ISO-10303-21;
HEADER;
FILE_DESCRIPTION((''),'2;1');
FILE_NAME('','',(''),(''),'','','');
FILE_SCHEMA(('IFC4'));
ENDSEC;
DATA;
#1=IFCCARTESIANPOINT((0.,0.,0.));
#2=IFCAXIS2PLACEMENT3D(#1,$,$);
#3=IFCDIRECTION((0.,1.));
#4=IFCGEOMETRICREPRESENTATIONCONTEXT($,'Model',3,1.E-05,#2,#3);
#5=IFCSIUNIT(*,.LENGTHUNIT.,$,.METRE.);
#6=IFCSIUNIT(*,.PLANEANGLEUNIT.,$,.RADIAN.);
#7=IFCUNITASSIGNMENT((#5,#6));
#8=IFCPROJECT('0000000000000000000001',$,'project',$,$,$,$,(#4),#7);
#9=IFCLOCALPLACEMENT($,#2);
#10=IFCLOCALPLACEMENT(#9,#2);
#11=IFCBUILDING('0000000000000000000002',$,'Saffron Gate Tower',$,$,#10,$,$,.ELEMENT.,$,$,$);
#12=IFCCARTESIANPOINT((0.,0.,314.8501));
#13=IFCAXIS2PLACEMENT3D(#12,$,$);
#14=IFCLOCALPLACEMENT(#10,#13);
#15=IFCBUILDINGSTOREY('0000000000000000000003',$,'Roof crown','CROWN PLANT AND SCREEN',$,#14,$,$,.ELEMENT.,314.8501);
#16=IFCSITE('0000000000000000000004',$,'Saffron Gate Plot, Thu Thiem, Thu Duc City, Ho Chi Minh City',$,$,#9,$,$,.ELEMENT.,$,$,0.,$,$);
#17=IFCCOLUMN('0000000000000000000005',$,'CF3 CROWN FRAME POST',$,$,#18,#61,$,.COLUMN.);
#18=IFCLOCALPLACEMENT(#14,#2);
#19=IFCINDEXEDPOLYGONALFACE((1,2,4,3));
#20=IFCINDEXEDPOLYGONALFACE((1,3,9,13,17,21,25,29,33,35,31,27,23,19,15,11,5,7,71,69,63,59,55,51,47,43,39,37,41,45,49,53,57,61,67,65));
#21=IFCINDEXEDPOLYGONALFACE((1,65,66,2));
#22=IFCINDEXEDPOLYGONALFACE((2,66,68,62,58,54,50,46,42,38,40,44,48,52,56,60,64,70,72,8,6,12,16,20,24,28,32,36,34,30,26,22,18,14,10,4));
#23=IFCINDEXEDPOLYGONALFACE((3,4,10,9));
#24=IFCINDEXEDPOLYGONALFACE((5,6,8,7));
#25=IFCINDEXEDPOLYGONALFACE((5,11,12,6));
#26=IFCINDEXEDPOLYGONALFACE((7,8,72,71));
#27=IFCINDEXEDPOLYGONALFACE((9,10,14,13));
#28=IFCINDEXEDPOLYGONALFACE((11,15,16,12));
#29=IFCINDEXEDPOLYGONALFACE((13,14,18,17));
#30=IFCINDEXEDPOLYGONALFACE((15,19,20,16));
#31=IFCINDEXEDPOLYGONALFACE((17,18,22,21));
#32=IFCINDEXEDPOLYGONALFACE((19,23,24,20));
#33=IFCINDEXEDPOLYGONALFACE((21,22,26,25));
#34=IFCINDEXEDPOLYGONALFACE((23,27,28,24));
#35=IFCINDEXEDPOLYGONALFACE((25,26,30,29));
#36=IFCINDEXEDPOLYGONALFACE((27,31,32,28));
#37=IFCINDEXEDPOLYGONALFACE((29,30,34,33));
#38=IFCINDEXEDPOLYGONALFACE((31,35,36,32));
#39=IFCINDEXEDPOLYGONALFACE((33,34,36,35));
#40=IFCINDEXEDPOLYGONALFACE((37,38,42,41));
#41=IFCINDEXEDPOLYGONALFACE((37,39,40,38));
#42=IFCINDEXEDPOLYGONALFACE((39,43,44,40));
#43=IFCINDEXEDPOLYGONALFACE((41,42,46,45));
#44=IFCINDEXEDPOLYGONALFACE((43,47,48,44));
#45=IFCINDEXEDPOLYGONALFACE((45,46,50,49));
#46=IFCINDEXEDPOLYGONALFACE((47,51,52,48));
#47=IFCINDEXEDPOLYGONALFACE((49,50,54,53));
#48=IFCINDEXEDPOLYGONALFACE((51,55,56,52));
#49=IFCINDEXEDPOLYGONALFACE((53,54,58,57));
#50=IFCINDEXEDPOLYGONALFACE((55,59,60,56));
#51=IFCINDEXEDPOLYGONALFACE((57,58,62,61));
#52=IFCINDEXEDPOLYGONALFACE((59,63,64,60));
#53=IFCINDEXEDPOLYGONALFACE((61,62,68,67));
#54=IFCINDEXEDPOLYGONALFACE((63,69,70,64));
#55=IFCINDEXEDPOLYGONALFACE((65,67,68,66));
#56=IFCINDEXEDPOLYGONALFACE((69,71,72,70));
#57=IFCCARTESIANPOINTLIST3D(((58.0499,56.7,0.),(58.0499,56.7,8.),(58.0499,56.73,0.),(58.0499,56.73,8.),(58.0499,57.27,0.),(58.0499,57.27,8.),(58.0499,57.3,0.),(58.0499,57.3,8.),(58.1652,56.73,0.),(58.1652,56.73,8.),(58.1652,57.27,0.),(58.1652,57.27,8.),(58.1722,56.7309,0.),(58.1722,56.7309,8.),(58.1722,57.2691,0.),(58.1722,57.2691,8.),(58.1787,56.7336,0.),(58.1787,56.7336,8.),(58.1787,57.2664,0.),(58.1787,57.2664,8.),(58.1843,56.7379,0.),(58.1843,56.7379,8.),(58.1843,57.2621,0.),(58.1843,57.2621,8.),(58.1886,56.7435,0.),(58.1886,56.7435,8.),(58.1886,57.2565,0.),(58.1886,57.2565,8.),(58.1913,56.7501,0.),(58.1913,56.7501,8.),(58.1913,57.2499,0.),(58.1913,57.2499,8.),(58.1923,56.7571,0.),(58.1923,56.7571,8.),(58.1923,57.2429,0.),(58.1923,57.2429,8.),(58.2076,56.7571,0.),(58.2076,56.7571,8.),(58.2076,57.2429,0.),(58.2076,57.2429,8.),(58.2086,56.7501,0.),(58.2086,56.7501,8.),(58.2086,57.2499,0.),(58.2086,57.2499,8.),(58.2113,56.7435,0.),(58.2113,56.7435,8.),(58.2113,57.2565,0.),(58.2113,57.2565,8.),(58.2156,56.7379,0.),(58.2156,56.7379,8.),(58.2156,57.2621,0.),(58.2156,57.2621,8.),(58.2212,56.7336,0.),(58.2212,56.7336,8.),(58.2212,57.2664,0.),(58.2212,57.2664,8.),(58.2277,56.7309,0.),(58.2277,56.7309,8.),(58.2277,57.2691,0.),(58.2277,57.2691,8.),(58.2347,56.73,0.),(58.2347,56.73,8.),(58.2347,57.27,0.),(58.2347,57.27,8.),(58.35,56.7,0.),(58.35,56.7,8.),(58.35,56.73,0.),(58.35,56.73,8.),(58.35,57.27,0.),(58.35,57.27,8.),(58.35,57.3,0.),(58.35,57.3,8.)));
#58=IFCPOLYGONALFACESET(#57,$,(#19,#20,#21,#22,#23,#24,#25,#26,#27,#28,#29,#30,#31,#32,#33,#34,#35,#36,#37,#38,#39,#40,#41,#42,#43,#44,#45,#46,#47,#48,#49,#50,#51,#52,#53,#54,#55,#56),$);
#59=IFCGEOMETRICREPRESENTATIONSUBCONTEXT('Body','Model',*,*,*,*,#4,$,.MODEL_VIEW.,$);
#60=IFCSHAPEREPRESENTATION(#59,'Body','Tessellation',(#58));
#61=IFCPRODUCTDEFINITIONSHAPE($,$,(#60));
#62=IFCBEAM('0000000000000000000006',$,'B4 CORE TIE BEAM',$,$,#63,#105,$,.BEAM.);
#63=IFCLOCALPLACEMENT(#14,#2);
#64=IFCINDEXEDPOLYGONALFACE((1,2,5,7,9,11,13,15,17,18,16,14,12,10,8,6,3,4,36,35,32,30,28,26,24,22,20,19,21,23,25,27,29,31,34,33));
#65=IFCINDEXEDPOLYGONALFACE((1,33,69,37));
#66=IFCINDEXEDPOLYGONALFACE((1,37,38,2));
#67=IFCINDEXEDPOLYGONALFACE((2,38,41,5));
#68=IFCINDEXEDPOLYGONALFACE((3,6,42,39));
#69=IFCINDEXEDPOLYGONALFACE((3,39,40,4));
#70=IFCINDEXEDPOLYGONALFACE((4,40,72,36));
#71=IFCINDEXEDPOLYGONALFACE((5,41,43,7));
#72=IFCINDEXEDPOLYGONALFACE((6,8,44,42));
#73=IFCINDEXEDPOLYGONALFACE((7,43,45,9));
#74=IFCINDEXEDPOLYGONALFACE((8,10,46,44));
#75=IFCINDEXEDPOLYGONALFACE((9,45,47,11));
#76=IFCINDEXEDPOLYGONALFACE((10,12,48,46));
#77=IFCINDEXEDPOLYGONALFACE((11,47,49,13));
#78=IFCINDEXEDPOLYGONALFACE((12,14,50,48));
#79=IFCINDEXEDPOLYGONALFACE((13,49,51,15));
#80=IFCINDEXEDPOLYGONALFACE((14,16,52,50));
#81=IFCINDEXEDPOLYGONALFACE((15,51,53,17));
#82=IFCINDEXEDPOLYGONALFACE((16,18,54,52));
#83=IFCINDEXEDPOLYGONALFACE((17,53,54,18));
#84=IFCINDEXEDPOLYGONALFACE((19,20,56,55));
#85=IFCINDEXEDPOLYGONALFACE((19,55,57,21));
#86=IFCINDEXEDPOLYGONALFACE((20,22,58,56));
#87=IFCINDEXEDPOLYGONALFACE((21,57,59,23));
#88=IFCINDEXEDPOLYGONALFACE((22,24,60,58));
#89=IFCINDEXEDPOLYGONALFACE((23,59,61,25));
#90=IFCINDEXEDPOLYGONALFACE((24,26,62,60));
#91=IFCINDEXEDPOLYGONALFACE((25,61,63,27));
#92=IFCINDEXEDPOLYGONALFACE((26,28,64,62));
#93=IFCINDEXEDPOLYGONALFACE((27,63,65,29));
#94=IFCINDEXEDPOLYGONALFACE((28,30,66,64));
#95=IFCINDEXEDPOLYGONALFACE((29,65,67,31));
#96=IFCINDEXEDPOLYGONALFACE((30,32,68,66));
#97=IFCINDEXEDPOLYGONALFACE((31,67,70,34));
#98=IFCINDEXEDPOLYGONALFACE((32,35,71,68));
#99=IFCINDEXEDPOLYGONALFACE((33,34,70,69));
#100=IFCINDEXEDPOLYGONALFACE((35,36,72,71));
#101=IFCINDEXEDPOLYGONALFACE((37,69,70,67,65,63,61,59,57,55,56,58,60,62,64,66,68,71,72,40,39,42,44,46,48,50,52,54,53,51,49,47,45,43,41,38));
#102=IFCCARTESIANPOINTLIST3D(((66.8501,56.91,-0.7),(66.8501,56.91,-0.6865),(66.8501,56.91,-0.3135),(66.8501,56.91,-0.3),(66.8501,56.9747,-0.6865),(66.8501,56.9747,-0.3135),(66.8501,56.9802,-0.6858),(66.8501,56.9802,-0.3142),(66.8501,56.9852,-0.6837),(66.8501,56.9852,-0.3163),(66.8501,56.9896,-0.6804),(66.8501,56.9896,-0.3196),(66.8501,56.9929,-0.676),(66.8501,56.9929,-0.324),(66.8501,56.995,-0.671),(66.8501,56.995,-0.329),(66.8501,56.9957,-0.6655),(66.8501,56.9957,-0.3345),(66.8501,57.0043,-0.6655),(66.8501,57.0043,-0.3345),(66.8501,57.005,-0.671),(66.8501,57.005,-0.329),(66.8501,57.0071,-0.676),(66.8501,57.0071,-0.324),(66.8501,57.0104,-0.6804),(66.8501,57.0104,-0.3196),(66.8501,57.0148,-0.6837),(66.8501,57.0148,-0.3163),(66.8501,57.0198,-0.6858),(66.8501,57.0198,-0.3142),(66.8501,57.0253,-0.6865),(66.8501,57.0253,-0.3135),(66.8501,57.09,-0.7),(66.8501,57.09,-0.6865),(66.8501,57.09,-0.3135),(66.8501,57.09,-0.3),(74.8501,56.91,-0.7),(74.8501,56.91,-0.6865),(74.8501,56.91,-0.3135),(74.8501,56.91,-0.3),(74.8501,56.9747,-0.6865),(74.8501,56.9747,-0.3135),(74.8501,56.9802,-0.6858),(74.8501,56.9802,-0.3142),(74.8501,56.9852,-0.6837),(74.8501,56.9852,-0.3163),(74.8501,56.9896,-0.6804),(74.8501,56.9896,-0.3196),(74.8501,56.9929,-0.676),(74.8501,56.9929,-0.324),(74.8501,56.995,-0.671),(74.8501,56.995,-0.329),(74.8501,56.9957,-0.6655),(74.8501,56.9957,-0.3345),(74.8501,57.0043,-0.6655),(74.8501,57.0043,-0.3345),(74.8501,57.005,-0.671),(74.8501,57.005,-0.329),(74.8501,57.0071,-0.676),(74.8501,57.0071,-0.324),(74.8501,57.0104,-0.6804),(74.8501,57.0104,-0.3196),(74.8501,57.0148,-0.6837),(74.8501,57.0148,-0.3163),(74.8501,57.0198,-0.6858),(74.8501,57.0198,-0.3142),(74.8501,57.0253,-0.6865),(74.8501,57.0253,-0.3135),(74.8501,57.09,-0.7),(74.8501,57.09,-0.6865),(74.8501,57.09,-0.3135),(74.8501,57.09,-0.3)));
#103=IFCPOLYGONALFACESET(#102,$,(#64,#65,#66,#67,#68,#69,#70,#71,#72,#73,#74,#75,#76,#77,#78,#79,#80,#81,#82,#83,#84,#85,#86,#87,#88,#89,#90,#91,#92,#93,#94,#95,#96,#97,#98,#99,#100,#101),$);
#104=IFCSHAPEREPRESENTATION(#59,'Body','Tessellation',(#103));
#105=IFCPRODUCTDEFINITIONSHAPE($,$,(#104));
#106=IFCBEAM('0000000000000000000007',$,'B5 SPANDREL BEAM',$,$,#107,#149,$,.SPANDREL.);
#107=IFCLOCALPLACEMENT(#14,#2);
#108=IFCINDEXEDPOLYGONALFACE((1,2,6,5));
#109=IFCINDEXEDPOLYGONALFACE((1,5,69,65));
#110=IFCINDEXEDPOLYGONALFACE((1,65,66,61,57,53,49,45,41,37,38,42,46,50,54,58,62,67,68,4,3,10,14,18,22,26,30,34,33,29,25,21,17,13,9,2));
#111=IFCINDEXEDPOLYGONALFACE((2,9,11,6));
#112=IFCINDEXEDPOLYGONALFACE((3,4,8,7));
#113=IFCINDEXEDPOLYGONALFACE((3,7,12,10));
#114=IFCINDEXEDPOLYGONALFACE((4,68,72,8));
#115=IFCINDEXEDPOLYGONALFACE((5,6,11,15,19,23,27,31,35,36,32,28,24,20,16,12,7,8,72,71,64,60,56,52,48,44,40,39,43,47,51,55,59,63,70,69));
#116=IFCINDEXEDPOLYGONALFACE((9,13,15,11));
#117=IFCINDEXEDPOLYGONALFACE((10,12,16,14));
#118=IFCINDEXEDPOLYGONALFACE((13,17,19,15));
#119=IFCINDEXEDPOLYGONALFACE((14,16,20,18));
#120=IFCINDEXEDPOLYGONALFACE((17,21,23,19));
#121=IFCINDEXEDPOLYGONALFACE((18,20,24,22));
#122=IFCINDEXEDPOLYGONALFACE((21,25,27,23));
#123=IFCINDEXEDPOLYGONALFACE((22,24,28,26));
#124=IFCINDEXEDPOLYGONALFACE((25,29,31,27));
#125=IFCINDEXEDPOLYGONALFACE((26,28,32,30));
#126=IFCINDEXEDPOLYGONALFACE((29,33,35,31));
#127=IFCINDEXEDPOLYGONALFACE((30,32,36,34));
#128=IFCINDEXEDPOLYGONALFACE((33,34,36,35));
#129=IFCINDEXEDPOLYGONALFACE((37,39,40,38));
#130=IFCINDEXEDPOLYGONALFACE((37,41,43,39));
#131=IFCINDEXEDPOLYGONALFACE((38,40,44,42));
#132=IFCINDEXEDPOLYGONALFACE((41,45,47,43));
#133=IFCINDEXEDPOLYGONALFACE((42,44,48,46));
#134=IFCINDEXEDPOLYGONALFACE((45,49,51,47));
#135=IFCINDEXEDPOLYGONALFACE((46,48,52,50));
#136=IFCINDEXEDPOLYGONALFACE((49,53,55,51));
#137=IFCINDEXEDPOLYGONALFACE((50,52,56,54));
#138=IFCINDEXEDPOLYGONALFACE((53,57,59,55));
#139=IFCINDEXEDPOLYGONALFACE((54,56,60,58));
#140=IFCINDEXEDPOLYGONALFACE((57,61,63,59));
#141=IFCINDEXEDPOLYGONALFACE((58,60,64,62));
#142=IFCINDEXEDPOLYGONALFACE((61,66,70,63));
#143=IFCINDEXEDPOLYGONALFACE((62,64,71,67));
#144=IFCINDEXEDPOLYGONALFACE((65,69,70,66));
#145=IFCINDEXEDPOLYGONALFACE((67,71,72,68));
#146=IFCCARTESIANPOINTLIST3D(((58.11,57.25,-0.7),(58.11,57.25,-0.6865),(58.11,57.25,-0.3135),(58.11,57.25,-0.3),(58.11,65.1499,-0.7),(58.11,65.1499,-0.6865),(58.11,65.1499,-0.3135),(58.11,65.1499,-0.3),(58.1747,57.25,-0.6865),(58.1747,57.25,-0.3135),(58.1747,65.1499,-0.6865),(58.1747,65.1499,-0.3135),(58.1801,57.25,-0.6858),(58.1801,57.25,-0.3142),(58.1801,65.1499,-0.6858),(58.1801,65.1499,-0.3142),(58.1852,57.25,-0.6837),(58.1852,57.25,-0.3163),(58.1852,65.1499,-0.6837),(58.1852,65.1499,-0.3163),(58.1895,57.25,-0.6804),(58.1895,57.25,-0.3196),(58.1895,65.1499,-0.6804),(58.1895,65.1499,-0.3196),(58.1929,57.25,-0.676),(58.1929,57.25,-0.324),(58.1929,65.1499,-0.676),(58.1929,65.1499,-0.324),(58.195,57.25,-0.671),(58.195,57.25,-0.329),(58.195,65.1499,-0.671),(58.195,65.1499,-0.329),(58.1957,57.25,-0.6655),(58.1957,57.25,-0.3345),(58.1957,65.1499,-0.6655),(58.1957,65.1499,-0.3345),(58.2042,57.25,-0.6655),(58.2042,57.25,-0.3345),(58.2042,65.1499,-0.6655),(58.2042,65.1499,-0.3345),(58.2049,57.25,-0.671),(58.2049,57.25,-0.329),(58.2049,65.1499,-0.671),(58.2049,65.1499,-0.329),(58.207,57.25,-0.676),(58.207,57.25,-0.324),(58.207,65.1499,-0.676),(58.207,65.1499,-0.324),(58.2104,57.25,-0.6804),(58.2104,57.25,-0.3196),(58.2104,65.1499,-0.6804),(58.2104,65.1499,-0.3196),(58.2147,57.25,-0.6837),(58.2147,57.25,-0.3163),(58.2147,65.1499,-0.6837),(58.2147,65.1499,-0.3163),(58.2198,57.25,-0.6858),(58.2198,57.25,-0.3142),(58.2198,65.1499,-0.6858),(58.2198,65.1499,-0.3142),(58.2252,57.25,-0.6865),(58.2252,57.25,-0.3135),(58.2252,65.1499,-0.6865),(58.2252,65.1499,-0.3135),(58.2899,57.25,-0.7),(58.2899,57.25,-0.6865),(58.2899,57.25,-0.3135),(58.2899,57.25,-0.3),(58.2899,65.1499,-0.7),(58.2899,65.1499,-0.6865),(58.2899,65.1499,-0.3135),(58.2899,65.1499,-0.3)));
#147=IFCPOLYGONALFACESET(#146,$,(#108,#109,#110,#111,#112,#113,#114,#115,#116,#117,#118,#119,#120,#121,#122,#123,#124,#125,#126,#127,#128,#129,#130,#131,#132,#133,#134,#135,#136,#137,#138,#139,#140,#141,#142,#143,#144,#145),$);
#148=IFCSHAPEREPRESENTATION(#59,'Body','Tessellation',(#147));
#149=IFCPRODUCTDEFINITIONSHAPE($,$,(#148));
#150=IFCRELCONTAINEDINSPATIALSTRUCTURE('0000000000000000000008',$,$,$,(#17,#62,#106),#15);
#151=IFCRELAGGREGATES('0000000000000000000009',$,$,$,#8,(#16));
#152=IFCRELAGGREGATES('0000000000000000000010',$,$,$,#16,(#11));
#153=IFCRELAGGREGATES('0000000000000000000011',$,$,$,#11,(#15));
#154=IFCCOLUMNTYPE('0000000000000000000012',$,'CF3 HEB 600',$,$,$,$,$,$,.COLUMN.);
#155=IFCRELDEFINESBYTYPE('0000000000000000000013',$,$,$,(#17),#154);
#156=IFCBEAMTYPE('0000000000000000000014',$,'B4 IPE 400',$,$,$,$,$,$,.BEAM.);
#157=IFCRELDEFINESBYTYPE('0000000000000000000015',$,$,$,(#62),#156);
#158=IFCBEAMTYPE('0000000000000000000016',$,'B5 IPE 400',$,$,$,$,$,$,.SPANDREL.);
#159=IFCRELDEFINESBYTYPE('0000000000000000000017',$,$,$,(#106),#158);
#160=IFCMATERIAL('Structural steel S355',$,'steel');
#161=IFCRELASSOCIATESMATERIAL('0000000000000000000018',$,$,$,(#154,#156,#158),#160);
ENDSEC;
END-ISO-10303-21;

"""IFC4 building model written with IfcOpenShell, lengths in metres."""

from ifc_helpers import new_model, si_unit, direction, frame, origin, origin_2d, place, context, subcontext, project, spatial, i_section, extrude, material, material_profile, profile_set, type_object, element, save


model = new_model("IFC4")

# Units and contexts
model_context = context("Model", 3, precision=1e-05, world=origin(), true_north=direction((0.0, 1.0)))
body_context = subcontext(model_context, "Body", "Model", "MODEL_VIEW")
ifc_project = project(units=[si_unit("LENGTHUNIT", "METRE"), si_unit("PLANEANGLEUNIT", "RADIAN")], contexts=[model_context])

# Site, building, storey
site_placement = place(None, origin())
site = spatial("IfcSite", under=ifc_project, at=site_placement, Name="Saffron Gate Plot, Thu Thiem, Thu Duc City, Ho Chi Minh City", CompositionType="ELEMENT", RefElevation=0.0)
building_placement = place(site_placement, origin())
building = spatial("IfcBuilding", under=site, at=building_placement, Name="Saffron Gate Tower", CompositionType="ELEMENT")
storey_placement = place(building_placement, frame((0.0, 0.0, 314.8501)))
storey = spatial("IfcBuildingStorey", under=building, at=storey_placement, Name="Roof crown", Description="CROWN PLANT AND SCREEN", CompositionType="ELEMENT", Elevation=314.8501)

# Column
ifc_material_1 = material(Name="Structural steel S355", Category="steel")
ifc_material_profile_1 = material_profile(ifc_material_1, i_section(OverallWidth=0.3, OverallDepth=0.6001, WebThickness=0.0154, FlangeThickness=0.03, FilletRadius=0.0271, at=origin_2d()))
ifc_profile_set_1 = profile_set([ifc_material_profile_1], Name="Structural steel S355")
column_type = type_object("IfcColumnType", Name="CF3 HEB 600", PredefinedType="COLUMN", material=ifc_profile_set_1)
column_placement = place(storey_placement, frame((58.2, 57.0, 0.0), z_axis=(0.0, 0.0, 1.0), x_axis=(1.0, 0.0, 0.0)))
element("IfcColumn", 1, at=column_placement, inside=storey, type_object=column_type, Name="CF3 CROWN FRAME POST", PredefinedType="COLUMN", context=body_context, shape_type="SweptSolid", body=[
    extrude(i_section(OverallWidth=0.3, OverallDepth=0.6001, WebThickness=0.0154, FlangeThickness=0.03, FilletRadius=0.0271, at=origin_2d()), origin(), (0.0, 0.0, 1.0), 8.0),
])

# Beams
ifc_material_profile_2 = material_profile(ifc_material_1, i_section(OverallWidth=0.1799, OverallDepth=0.3999, WebThickness=0.0085, FlangeThickness=0.0134, FilletRadius=0.021, at=origin_2d()))
ifc_profile_set_2 = profile_set([ifc_material_profile_2], Name="Structural steel S355")
beam_type_1 = type_object("IfcBeamType", Name="B4 IPE 400", PredefinedType="BEAM", material=ifc_profile_set_2)
beam_1_placement = place(storey_placement, frame((66.8501, 57.0, -0.5), z_axis=(1.0, 0.0, 0.0), x_axis=(0.0, 1.0, 0.0)))
element("IfcBeam", 2, at=beam_1_placement, inside=storey, type_object=beam_type_1, Name="B4 CORE TIE BEAM", PredefinedType="BEAM", context=body_context, shape_type="SweptSolid", body=[
    extrude(i_section(OverallWidth=0.1799, OverallDepth=0.3999, WebThickness=0.0085, FlangeThickness=0.0134, FilletRadius=0.021, at=origin_2d()), origin(), (0.0, 0.0, 1.0), 8.0),
])
ifc_material_profile_3 = material_profile(ifc_material_1, i_section(OverallWidth=0.1799, OverallDepth=0.3999, WebThickness=0.0085, FlangeThickness=0.0134, FilletRadius=0.021, at=origin_2d()))
ifc_profile_set_3 = profile_set([ifc_material_profile_3], Name="Structural steel S355")
beam_type_2 = type_object("IfcBeamType", Name="B5 IPE 400", PredefinedType="SPANDREL", material=ifc_profile_set_3)
beam_2_placement = place(storey_placement, frame((58.2, 57.25, -0.5), z_axis=(0.0, 1.0, 0.0), x_axis=(-1.0, 0.0, 0.0)))
element("IfcBeam", 3, at=beam_2_placement, inside=storey, type_object=beam_type_2, Name="B5 SPANDREL BEAM", PredefinedType="SPANDREL", context=body_context, shape_type="SweptSolid", body=[
    extrude(i_section(OverallWidth=0.1799, OverallDepth=0.3999, WebThickness=0.0085, FlangeThickness=0.0134, FilletRadius=0.021, at=origin_2d()), origin(), (0.0, 0.0, 1.0), 7.8999),
])

save(model, "model.ifc")
